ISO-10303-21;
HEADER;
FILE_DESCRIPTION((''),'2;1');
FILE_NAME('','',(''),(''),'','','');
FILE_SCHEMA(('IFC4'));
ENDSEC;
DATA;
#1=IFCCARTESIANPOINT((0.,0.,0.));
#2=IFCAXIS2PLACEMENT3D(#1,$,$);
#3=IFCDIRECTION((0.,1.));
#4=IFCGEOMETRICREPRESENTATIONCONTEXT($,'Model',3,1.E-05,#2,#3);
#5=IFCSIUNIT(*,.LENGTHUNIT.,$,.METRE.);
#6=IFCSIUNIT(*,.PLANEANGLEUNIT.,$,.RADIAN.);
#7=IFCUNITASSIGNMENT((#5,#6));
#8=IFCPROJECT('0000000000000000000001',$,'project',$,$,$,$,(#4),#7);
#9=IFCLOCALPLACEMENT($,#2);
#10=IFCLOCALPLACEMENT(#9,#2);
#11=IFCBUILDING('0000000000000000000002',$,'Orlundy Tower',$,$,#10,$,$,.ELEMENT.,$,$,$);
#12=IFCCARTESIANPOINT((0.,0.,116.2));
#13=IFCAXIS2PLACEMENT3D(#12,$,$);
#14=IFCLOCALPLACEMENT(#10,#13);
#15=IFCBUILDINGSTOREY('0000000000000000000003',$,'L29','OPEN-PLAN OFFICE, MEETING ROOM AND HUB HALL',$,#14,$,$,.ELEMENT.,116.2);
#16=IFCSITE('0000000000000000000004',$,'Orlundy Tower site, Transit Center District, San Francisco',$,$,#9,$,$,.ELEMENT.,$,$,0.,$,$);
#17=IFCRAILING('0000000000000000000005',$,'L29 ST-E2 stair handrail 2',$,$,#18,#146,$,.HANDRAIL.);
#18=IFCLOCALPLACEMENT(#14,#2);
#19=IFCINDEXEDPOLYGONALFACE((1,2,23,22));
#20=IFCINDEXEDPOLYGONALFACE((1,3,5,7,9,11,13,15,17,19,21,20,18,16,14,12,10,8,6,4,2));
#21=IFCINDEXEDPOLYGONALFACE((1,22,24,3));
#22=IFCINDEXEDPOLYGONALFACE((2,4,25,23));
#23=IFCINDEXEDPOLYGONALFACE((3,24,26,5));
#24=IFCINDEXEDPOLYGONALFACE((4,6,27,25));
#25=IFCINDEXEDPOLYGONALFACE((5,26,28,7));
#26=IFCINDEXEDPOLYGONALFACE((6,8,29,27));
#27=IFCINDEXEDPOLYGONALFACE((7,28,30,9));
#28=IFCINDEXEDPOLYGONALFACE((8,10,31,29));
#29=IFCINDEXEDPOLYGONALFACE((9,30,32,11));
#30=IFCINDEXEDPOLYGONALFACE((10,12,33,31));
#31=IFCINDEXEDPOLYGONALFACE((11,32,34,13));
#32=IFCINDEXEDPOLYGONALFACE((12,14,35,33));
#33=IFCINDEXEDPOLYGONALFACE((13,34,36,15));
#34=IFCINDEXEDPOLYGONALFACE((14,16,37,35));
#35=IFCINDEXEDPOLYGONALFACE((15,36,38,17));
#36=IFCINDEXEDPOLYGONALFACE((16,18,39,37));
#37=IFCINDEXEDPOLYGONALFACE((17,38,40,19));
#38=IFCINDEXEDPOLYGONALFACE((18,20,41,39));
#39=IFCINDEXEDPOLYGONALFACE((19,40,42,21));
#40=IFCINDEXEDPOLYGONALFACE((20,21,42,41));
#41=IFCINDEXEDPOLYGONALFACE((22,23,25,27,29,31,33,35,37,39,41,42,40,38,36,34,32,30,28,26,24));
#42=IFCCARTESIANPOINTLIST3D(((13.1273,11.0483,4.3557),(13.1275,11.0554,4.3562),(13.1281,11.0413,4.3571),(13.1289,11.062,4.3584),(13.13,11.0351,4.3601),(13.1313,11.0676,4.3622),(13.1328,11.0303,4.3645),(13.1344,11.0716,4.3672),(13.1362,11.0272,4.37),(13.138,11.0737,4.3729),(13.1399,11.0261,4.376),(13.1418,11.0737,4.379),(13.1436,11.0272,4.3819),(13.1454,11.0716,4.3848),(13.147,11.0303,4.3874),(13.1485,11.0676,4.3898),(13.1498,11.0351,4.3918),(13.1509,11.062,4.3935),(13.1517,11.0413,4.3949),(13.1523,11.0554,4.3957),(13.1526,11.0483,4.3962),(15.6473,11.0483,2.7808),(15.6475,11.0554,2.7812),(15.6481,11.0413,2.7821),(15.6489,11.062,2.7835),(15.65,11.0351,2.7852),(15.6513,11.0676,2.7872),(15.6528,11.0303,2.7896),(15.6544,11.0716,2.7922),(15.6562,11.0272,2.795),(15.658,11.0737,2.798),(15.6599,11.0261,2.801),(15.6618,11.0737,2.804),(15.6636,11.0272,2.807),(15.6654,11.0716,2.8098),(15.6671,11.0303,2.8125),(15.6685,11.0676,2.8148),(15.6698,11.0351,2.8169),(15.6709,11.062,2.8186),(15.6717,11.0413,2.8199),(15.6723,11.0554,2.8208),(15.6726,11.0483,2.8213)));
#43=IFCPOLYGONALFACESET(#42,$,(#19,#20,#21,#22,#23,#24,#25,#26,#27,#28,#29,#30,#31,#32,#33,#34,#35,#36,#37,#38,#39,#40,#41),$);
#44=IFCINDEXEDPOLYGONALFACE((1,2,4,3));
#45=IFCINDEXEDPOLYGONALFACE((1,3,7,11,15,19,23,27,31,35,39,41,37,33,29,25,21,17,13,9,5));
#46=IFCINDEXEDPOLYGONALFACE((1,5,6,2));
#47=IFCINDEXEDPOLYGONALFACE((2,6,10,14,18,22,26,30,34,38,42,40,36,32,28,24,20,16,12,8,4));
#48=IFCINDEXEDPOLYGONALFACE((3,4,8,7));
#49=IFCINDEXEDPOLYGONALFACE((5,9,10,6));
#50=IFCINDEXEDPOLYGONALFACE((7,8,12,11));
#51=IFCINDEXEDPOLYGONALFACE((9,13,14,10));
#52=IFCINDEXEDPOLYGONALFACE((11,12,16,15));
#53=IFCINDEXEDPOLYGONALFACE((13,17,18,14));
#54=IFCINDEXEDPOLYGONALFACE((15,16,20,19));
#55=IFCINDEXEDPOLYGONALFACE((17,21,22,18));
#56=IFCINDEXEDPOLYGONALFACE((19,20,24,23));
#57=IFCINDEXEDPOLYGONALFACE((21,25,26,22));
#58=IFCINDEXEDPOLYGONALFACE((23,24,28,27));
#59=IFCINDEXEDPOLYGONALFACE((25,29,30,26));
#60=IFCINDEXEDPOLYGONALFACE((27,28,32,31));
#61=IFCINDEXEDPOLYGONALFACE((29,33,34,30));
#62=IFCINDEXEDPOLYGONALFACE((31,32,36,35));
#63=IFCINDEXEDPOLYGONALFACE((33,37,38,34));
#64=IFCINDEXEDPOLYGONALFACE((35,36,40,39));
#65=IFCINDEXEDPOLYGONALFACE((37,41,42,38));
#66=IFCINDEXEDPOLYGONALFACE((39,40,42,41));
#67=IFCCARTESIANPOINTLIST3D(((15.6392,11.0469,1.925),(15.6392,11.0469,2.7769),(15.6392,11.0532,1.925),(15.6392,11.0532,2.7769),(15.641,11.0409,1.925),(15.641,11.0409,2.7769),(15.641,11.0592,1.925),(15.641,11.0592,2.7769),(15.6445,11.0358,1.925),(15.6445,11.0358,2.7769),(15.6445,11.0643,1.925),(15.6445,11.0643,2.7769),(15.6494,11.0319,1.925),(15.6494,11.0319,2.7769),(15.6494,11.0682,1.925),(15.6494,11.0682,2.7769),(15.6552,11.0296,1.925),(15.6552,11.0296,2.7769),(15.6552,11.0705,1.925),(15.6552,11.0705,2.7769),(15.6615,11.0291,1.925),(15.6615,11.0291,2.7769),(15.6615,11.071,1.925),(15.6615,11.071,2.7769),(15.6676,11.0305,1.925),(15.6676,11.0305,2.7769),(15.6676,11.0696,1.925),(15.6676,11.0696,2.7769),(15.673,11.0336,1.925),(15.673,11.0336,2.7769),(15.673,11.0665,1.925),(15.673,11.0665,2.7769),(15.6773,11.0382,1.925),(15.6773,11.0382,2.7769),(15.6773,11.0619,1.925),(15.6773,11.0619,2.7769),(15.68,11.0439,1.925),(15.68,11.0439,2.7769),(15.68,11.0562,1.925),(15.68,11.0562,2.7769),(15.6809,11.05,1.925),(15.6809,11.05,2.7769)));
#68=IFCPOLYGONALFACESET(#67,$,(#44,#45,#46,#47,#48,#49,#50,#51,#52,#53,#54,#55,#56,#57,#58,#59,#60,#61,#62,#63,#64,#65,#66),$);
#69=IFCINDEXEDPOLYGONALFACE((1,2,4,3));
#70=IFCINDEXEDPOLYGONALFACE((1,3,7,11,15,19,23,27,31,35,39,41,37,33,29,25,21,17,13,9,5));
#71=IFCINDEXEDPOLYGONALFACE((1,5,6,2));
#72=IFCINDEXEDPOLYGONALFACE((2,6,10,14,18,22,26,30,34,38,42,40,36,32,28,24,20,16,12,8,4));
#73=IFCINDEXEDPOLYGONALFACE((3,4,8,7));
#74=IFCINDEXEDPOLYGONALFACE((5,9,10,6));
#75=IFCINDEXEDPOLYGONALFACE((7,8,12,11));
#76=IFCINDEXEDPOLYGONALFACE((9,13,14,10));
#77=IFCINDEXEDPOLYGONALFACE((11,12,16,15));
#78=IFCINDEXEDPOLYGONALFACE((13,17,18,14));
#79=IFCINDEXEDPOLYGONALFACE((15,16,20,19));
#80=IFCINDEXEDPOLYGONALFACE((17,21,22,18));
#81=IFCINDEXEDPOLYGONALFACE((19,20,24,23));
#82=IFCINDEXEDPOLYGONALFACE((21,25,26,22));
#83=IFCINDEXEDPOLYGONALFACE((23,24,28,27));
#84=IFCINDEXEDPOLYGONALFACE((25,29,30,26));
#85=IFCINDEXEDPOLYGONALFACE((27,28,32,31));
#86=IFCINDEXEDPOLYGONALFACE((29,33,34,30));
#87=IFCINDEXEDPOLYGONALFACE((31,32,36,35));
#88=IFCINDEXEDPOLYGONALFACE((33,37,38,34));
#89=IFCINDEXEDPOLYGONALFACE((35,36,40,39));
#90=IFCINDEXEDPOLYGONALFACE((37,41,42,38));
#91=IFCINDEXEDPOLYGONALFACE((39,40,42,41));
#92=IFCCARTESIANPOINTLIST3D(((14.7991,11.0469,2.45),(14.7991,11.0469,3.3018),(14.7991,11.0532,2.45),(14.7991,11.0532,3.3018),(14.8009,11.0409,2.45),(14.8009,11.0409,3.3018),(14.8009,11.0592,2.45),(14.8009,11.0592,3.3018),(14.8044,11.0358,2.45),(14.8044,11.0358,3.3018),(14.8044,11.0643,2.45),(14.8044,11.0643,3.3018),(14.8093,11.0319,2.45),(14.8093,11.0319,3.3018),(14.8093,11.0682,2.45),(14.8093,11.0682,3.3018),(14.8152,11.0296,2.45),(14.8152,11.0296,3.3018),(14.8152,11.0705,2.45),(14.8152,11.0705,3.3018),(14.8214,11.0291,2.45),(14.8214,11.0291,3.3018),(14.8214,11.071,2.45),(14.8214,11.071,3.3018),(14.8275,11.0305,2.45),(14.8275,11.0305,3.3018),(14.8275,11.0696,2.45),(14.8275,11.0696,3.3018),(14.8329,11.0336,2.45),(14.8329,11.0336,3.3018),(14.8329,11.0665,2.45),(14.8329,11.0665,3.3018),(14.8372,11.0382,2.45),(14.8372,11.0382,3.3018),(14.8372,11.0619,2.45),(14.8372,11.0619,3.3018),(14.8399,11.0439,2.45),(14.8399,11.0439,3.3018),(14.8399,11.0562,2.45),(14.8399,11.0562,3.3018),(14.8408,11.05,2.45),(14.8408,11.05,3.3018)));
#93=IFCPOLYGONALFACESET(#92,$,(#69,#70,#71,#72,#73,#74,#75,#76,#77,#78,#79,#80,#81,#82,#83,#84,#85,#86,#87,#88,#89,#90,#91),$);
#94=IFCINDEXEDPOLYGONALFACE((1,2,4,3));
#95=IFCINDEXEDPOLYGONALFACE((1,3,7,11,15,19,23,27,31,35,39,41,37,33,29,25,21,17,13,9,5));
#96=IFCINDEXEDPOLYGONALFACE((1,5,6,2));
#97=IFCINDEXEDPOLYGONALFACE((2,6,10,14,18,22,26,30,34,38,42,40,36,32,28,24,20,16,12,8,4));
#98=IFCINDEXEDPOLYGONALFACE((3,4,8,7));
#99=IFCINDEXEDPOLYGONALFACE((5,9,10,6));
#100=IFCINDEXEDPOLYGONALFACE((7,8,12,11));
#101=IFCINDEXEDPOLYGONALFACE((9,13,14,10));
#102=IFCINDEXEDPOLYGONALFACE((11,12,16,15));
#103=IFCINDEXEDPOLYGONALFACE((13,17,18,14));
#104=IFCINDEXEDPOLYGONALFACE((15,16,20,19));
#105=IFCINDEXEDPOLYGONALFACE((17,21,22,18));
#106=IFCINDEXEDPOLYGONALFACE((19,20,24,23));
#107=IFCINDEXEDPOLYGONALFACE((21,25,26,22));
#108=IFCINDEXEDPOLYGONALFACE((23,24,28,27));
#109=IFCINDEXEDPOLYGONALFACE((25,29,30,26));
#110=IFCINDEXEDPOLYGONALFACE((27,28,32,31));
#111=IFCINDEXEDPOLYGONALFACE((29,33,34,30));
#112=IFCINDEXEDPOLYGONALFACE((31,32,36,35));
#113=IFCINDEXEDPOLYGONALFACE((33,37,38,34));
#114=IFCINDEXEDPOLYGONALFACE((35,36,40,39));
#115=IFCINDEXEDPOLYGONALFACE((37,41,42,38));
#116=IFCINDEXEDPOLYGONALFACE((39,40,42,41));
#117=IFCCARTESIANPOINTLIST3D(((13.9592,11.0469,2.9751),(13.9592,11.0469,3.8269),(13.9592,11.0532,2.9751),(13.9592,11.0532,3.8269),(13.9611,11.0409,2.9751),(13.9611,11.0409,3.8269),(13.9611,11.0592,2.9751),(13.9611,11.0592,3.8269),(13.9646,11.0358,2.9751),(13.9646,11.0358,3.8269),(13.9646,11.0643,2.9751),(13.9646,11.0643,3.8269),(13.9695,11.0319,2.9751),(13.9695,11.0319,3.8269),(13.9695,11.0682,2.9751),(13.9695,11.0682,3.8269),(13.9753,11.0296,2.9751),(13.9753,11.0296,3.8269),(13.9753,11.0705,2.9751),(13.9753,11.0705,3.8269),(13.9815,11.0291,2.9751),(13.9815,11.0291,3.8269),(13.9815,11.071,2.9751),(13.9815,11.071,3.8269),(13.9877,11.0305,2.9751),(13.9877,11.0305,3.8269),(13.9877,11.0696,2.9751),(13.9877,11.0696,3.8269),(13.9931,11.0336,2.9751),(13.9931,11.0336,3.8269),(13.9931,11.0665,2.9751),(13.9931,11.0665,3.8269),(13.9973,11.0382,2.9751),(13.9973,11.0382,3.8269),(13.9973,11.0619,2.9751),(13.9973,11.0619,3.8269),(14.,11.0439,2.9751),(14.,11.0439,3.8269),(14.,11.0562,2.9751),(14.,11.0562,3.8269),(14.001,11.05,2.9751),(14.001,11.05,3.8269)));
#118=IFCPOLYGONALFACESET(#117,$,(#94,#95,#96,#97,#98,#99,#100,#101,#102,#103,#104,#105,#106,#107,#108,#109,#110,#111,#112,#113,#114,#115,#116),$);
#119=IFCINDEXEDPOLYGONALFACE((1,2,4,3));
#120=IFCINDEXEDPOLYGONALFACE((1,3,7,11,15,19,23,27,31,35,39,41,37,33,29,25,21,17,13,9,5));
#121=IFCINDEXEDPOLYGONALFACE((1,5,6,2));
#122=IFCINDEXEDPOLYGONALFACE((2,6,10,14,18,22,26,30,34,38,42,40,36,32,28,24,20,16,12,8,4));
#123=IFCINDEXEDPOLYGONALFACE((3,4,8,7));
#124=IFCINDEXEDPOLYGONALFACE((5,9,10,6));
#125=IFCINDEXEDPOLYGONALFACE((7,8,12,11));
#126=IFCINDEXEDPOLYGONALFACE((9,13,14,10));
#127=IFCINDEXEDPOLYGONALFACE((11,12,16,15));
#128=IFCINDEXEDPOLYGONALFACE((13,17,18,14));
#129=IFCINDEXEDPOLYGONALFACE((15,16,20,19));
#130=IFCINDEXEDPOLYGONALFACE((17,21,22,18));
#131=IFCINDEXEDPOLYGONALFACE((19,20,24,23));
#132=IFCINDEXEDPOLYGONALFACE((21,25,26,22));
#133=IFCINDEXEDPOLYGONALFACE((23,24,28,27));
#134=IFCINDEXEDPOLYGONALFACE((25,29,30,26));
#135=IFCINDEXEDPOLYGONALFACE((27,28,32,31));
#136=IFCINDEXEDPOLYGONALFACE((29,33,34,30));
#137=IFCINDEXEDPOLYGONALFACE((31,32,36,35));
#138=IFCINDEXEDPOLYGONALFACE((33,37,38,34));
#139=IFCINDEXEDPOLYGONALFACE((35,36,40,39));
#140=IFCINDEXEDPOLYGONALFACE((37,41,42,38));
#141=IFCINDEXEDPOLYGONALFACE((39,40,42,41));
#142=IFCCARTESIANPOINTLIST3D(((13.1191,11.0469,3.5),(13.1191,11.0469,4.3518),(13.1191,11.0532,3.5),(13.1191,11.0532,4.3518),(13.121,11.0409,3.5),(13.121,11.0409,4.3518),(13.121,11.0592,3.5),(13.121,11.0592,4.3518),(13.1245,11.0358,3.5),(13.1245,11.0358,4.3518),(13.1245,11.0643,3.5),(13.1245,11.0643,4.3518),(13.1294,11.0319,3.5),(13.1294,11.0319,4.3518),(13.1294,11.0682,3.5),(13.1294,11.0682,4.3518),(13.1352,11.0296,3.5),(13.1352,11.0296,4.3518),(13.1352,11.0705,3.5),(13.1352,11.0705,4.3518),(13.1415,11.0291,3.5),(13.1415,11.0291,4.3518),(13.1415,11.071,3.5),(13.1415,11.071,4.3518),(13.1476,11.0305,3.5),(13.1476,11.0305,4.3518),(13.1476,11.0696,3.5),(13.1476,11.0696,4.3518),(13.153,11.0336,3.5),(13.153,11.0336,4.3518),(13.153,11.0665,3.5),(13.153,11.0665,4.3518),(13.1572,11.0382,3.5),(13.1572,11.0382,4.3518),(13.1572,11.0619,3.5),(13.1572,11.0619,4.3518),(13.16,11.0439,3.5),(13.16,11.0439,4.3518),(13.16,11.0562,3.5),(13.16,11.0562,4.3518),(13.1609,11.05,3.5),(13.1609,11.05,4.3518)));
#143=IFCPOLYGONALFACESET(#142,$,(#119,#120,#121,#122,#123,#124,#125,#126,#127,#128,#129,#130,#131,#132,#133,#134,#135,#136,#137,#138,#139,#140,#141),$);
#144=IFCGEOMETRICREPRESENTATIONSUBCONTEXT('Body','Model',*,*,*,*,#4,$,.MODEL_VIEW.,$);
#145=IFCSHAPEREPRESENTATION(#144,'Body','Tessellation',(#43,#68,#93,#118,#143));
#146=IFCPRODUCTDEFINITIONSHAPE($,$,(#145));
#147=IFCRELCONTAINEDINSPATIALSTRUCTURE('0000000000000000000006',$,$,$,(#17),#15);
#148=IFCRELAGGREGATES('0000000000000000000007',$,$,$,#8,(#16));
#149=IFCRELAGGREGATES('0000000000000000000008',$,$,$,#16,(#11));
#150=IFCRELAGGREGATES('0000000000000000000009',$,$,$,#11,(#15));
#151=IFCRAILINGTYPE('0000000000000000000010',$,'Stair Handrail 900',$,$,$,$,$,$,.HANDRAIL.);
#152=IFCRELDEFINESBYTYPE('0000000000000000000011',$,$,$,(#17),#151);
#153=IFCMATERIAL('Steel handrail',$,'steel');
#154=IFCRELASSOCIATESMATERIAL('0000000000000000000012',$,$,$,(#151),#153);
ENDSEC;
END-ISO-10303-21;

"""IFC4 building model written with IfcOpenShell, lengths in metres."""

from ifc_helpers import new_model, si_unit, direction, frame, origin, origin_2d, place, context, subcontext, project, spatial, circle, extrude, material, type_object, element, save


model = new_model("IFC4")

# Units and contexts
model_context = context("Model", 3, precision=1e-05, world=origin(), true_north=direction((0.0, 1.0)))
body_context = subcontext(model_context, "Body", "Model", "MODEL_VIEW")
ifc_project = project(units=[si_unit("LENGTHUNIT", "METRE"), si_unit("PLANEANGLEUNIT", "RADIAN")], contexts=[model_context])

# Site, building, storey
site_placement = place(None, origin())
site = spatial("IfcSite", under=ifc_project, at=site_placement, Name="Orlundy Tower site, Transit Center District, San Francisco", CompositionType="ELEMENT", RefElevation=0.0)
building_placement = place(site_placement, origin())
building = spatial("IfcBuilding", under=site, at=building_placement, Name="Orlundy Tower", CompositionType="ELEMENT")
storey_placement = place(building_placement, frame((0.0, 0.0, 116.2)))
storey = spatial("IfcBuildingStorey", under=building, at=storey_placement, Name="L29", Description="OPEN-PLAN OFFICE, MEETING ROOM AND HUB HALL", CompositionType="ELEMENT", Elevation=116.2)

# Railing
ifc_material_1 = material(Name="Steel handrail", Category="steel")
railing_type = type_object("IfcRailingType", Name="Stair Handrail 900", PredefinedType="HANDRAIL", material=ifc_material_1)
railing_placement = place(storey_placement, frame((15.6599, 11.05, 1.925)))
element("IfcRailing", 1, at=railing_placement, inside=storey, type_object=railing_type, Name="L29 ST-E2 stair handrail 2", PredefinedType="HANDRAIL", context=body_context, shape_type="SweptSolid", body=[
    extrude(circle(Radius=0.0239, at=origin_2d()), frame((0.0, 0.0, 0.876), z_axis=(-0.848008, 0.0, 0.529984), x_axis=(0.0, -1.0, 0.0)), (0.0, 0.0, 1.0), 2.9717),
    extrude(circle(Radius=0.021, at=origin_2d()), origin(), (0.0, 0.0, 1.0), 0.8518),
    extrude(circle(Radius=0.021, at=origin_2d()), frame((-0.8401, 0.0, 0.5249)), (0.0, 0.0, 1.0), 0.8518),
    extrude(circle(Radius=0.021, at=origin_2d()), frame((-1.6799, 0.0, 1.05)), (0.0, 0.0, 1.0), 0.8518),
    extrude(circle(Radius=0.021, at=origin_2d()), frame((-2.52, 0.0, 1.575)), (0.0, 0.0, 1.0), 0.8518),
])

save(model, "model.ifc")
